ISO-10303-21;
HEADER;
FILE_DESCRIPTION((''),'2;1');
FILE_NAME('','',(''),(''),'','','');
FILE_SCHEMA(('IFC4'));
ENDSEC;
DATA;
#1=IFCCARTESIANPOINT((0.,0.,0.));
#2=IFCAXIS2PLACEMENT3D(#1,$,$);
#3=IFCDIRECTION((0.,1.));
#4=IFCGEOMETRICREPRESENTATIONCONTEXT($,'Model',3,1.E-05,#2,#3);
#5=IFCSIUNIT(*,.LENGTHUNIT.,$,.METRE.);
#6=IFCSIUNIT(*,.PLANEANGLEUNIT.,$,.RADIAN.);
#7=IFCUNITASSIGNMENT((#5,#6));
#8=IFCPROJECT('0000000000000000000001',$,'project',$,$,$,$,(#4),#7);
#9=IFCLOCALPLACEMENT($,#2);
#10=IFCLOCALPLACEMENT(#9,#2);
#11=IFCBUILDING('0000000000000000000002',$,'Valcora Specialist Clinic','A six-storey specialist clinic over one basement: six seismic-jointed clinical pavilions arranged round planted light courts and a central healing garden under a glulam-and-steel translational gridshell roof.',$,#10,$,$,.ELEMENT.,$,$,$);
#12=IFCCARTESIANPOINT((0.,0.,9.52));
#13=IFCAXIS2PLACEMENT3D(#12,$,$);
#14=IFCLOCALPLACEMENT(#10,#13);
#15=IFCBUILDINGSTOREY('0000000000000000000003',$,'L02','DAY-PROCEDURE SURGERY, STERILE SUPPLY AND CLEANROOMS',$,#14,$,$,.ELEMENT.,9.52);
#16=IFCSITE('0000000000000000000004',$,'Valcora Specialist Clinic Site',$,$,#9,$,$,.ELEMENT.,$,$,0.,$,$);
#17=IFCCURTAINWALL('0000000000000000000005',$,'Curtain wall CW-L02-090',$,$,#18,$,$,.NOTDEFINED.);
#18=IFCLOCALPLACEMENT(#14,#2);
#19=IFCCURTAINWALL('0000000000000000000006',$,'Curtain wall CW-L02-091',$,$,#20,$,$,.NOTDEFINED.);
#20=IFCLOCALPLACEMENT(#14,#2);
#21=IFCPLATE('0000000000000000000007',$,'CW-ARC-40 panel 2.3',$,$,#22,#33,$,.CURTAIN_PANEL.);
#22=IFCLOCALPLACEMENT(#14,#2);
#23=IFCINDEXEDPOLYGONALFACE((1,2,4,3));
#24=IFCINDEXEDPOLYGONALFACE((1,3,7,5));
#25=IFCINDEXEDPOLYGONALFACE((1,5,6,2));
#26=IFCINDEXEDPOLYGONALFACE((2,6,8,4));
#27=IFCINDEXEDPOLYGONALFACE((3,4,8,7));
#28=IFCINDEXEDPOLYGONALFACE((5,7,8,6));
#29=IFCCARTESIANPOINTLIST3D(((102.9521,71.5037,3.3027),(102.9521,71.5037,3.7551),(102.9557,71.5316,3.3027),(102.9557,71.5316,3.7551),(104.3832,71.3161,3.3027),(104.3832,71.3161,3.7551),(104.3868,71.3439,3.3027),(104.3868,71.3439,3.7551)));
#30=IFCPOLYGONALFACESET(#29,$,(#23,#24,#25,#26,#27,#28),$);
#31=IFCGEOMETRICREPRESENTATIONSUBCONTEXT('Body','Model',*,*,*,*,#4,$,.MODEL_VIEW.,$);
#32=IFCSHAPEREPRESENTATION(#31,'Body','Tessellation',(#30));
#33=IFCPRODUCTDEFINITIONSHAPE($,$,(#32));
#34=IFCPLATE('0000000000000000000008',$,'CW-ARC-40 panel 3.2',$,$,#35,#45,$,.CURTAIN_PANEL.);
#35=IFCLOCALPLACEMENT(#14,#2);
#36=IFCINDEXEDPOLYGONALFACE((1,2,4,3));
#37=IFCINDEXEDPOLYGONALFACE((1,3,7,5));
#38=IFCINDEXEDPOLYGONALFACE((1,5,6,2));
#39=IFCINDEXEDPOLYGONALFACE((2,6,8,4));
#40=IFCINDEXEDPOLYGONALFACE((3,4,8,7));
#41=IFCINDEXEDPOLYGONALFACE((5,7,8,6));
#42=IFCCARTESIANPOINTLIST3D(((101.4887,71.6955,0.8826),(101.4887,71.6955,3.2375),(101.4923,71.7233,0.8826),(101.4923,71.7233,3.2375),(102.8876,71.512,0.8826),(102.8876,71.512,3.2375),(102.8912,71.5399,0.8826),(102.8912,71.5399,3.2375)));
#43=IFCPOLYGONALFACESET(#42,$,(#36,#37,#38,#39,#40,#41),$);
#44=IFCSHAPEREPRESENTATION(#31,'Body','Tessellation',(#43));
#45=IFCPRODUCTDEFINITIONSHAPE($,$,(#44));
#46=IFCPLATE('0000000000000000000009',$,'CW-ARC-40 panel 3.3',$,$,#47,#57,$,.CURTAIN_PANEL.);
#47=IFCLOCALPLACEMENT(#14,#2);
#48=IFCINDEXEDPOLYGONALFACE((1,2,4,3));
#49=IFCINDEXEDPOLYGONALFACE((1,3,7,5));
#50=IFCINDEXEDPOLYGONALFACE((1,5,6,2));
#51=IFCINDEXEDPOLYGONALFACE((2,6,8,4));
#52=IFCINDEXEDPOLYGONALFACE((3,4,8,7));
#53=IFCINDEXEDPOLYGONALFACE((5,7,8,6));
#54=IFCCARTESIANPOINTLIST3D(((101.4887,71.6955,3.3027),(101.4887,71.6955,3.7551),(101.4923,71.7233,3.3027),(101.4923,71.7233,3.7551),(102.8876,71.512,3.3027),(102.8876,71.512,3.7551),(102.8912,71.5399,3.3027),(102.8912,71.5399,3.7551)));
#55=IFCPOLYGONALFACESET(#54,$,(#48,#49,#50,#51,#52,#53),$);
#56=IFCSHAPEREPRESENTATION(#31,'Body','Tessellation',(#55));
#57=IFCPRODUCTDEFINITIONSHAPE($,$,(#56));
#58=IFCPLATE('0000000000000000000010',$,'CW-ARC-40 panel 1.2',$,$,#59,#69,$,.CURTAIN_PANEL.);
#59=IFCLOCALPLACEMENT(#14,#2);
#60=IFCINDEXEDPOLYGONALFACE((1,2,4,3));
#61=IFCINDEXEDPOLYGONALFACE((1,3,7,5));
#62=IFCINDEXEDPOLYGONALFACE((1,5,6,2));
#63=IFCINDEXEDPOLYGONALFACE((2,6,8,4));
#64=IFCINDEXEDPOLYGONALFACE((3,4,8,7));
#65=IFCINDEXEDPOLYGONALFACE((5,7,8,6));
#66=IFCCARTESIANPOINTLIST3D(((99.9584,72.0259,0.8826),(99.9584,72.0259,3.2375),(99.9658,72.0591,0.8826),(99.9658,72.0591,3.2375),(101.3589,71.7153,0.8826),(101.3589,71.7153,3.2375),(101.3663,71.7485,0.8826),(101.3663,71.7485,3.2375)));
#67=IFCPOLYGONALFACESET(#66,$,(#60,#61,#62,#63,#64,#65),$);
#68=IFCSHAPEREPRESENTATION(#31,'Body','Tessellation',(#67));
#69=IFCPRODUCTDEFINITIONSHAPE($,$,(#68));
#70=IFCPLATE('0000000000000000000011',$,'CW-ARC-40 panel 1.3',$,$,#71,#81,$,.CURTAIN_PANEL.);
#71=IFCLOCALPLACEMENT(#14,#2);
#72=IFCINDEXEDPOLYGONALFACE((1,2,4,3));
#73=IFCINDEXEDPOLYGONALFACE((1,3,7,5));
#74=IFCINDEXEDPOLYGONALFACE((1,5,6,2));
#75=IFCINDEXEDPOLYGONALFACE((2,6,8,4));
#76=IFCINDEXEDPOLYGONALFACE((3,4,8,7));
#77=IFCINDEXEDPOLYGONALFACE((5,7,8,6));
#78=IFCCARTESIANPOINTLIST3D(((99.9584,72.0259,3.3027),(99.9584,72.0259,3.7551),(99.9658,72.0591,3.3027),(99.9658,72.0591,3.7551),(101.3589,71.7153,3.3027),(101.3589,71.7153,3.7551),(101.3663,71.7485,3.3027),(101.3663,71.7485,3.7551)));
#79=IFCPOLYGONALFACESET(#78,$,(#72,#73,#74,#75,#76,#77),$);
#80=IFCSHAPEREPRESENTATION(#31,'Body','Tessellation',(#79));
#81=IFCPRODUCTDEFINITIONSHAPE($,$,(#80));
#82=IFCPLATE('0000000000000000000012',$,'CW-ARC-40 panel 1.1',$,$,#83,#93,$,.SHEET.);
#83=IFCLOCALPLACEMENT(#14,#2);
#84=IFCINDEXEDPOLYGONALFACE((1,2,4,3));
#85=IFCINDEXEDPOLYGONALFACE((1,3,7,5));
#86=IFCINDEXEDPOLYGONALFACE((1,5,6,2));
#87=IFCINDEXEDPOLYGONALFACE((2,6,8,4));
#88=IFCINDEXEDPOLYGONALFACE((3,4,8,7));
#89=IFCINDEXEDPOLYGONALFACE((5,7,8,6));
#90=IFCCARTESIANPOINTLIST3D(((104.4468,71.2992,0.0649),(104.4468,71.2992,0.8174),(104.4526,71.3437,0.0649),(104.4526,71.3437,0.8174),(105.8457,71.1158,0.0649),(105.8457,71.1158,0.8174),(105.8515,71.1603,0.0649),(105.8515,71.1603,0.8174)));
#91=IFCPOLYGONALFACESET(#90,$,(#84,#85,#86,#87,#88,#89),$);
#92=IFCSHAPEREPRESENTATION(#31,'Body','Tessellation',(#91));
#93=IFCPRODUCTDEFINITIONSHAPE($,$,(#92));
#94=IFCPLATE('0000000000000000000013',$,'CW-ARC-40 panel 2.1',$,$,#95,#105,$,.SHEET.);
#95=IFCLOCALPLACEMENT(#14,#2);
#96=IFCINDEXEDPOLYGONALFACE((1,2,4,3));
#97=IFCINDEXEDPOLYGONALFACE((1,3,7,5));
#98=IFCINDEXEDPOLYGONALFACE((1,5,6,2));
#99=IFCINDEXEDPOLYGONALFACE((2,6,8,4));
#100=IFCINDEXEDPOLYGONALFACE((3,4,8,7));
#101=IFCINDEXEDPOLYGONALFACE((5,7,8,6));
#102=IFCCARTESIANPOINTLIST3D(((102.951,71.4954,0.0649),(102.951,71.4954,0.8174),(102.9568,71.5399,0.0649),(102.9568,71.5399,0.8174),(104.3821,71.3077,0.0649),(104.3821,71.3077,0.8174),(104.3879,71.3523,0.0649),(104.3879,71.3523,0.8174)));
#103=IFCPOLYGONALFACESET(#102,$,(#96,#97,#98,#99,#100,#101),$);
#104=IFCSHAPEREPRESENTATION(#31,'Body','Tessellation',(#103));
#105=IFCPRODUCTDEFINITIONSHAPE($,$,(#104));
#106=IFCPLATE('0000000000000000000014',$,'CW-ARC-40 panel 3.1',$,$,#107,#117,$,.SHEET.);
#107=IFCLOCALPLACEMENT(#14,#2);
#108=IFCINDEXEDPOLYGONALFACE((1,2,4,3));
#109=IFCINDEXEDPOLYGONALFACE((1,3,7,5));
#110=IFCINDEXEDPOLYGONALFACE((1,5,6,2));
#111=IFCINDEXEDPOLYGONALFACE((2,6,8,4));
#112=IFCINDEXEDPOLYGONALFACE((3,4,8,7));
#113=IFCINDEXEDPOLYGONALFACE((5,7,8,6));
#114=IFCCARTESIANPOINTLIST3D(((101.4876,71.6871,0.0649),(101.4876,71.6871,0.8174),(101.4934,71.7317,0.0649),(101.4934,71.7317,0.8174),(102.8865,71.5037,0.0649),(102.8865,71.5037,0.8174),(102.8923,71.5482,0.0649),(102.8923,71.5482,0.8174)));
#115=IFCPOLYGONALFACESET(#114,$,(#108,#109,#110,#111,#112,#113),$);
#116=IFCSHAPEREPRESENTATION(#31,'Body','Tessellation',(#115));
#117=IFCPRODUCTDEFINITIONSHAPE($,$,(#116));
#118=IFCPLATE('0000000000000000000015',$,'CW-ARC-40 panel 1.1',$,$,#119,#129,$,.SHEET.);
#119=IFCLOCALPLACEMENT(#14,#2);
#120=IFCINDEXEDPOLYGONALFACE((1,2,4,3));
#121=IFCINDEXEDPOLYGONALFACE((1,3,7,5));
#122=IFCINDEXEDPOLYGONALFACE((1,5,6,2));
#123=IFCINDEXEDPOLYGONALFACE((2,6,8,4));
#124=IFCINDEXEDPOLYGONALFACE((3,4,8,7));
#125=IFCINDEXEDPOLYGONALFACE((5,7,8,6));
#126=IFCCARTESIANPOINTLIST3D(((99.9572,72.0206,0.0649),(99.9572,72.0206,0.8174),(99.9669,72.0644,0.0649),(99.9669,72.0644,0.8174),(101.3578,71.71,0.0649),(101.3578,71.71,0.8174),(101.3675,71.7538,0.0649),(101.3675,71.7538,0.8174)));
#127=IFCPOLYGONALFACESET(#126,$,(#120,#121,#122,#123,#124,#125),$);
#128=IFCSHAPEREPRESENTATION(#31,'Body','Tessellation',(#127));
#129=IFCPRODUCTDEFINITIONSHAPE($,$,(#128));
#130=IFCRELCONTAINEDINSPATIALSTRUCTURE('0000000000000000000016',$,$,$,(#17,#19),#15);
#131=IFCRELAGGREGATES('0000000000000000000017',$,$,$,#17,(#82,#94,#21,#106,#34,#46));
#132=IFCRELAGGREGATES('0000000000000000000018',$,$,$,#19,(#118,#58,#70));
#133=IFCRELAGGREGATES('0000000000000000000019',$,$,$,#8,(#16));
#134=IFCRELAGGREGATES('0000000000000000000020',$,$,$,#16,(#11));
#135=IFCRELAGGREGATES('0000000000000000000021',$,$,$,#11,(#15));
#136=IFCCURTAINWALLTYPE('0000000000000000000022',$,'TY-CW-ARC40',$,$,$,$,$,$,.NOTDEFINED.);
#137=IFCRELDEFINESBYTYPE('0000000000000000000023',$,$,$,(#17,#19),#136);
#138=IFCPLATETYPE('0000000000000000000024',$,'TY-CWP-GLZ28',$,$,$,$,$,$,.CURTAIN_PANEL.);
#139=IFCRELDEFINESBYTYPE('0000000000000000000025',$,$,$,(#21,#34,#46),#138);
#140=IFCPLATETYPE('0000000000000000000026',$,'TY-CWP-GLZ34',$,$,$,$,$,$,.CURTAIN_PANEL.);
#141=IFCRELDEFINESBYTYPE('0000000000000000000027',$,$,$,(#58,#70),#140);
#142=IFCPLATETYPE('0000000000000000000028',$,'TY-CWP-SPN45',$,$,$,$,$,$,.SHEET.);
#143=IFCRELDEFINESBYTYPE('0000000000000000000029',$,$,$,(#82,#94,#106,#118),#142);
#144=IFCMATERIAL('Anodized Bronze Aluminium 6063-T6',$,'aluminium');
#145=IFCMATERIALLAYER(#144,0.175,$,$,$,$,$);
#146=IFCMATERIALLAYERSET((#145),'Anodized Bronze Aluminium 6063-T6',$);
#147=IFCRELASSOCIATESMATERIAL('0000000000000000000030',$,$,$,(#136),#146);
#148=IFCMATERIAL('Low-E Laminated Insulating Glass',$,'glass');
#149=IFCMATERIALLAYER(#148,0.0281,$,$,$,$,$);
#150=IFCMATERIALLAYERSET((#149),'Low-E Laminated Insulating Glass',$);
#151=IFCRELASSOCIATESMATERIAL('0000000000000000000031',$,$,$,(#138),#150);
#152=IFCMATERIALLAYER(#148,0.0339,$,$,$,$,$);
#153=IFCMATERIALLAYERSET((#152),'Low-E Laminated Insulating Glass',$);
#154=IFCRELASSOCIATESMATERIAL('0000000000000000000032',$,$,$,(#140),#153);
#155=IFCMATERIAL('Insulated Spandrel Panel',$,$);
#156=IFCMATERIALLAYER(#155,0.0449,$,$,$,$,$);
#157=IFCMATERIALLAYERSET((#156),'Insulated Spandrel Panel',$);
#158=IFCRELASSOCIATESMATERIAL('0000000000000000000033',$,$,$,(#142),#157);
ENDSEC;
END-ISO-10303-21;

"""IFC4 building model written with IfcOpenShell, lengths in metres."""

from ifc_helpers import new_model, si_unit, direction, frame, origin, origin_2d, place, context, subcontext, project, spatial, rectangle, extrude, material, layer, layer_set, type_object, element, aggregate, save


model = new_model("IFC4")

# Units and contexts
model_context = context("Model", 3, precision=1e-05, world=origin(), true_north=direction((0.0, 1.0)))
body_context = subcontext(model_context, "Body", "Model", "MODEL_VIEW")
ifc_project = project(units=[si_unit("LENGTHUNIT", "METRE"), si_unit("PLANEANGLEUNIT", "RADIAN")], contexts=[model_context])

# Site, building, storey
site_placement = place(None, origin())
site = spatial("IfcSite", under=ifc_project, at=site_placement, Name="Valcora Specialist Clinic Site", CompositionType="ELEMENT", RefElevation=0.0)
building_placement = place(site_placement, origin())
building = spatial("IfcBuilding", under=site, at=building_placement, Name="Valcora Specialist Clinic", Description="A six-storey specialist clinic over one basement: six seismic-jointed clinical pavilions arranged round planted light courts and a central healing garden under a glulam-and-steel translational gridshell roof.", CompositionType="ELEMENT")
storey_placement = place(building_placement, frame((0.0, 0.0, 9.52)))
storey = spatial("IfcBuildingStorey", under=building, at=storey_placement, Name="L02", Description="DAY-PROCEDURE SURGERY, STERILE SUPPLY AND CLEANROOMS", CompositionType="ELEMENT", Elevation=9.52)

# Curtain walls
ifc_material_1 = material(Name="Anodized Bronze Aluminium 6063-T6", Category="aluminium")
ifc_layer_1 = layer(ifc_material_1, 0.175)
ifc_layer_set_1 = layer_set([ifc_layer_1], Name="Anodized Bronze Aluminium 6063-T6")
curtain_wall_type = type_object("IfcCurtainWallType", Name="TY-CW-ARC40", PredefinedType="NOTDEFINED", material=ifc_layer_set_1)
curtain_wall_1_placement = place(storey_placement, origin())
curtain_wall_1 = element("IfcCurtainWall", 1, at=curtain_wall_1_placement, inside=storey, type_object=curtain_wall_type, Name="Curtain wall CW-L02-090", PredefinedType="NOTDEFINED")
curtain_wall_2_placement = place(storey_placement, origin())
curtain_wall_2 = element("IfcCurtainWall", 2, at=curtain_wall_2_placement, inside=storey, type_object=curtain_wall_type, Name="Curtain wall CW-L02-091", PredefinedType="NOTDEFINED")

# Plates
ifc_material_2 = material(Name="Low-E Laminated Insulating Glass", Category="glass")
ifc_layer_2 = layer(ifc_material_2, 0.0281)
ifc_layer_set_2 = layer_set([ifc_layer_2], Name="Low-E Laminated Insulating Glass")
plate_type_1 = type_object("IfcPlateType", Name="TY-CWP-GLZ28", PredefinedType="CURTAIN_PANEL", material=ifc_layer_set_2)
plate_1_placement = place(storey_placement, frame((103.6694, 71.4238, 3.3027), z_axis=(0.0, 0.0, 1.0), x_axis=(-0.991514, 0.129999, 0.0)))
plate_1 = element("IfcPlate", 3, at=plate_1_placement, type_object=plate_type_1, Name="CW-ARC-40 panel 2.3", PredefinedType="CURTAIN_PANEL", context=body_context, shape_type="SweptSolid", body=[
    extrude(rectangle(XDim=1.4434, YDim=0.0281, at=origin_2d()), origin(), (0.0, 0.0, 1.0), 0.4524),
])
plate_2_placement = place(storey_placement, frame((102.1899, 71.6177, 0.8826), z_axis=(0.0, 0.0, 1.0), x_axis=(-0.991514, 0.129999, 0.0)))
plate_2 = element("IfcPlate", 4, at=plate_2_placement, type_object=plate_type_1, Name="CW-ARC-40 panel 3.2", PredefinedType="CURTAIN_PANEL", context=body_context, shape_type="SweptSolid", body=[
    extrude(rectangle(XDim=1.4109, YDim=0.0281, at=origin_2d()), origin(), (0.0, 0.0, 1.0), 2.355),
])
plate_3_placement = place(storey_placement, frame((102.1899, 71.6177, 3.3027), z_axis=(0.0, 0.0, 1.0), x_axis=(-0.991514, 0.129999, 0.0)))
plate_3 = element("IfcPlate", 5, at=plate_3_placement, type_object=plate_type_1, Name="CW-ARC-40 panel 3.3", PredefinedType="CURTAIN_PANEL", context=body_context, shape_type="SweptSolid", body=[
    extrude(rectangle(XDim=1.4109, YDim=0.0281, at=origin_2d()), origin(), (0.0, 0.0, 1.0), 0.4524),
])
ifc_layer_3 = layer(ifc_material_2, 0.0339)
ifc_layer_set_3 = layer_set([ifc_layer_3], Name="Low-E Laminated Insulating Glass")
plate_type_2 = type_object("IfcPlateType", Name="TY-CWP-GLZ34", PredefinedType="CURTAIN_PANEL", material=ifc_layer_set_3)
plate_4_placement = place(storey_placement, frame((100.6624, 71.8872, 0.8826), z_axis=(0.0, 0.0, 1.0), x_axis=(-0.976279, 0.216518, 0.0)))
plate_4 = element("IfcPlate", 6, at=plate_4_placement, type_object=plate_type_2, Name="CW-ARC-40 panel 1.2", PredefinedType="CURTAIN_PANEL", context=body_context, shape_type="SweptSolid", body=[
    extrude(rectangle(XDim=1.4346, YDim=0.0339, at=origin_2d()), origin(), (0.0, 0.0, 1.0), 2.355),
])
plate_5_placement = place(storey_placement, frame((100.6624, 71.8872, 3.3027), z_axis=(0.0, 0.0, 1.0), x_axis=(-0.976279, 0.216518, 0.0)))
plate_5 = element("IfcPlate", 7, at=plate_5_placement, type_object=plate_type_2, Name="CW-ARC-40 panel 1.3", PredefinedType="CURTAIN_PANEL", context=body_context, shape_type="SweptSolid", body=[
    extrude(rectangle(XDim=1.4346, YDim=0.0339, at=origin_2d()), origin(), (0.0, 0.0, 1.0), 0.4524),
])
ifc_material_3 = material(Name="Insulated Spandrel Panel")
ifc_layer_4 = layer(ifc_material_3, 0.0449)
ifc_layer_set_4 = layer_set([ifc_layer_4], Name="Insulated Spandrel Panel")
plate_type_3 = type_object("IfcPlateType", Name="TY-CWP-SPN45", PredefinedType="SHEET", material=ifc_layer_set_4)
plate_6_placement = place(storey_placement, frame((105.1492, 71.2297, 0.0649), z_axis=(0.0, 0.0, 1.0), x_axis=(-0.991514, 0.129999, 0.0)))
plate_6 = element("IfcPlate", 8, at=plate_6_placement, type_object=plate_type_3, Name="CW-ARC-40 panel 1.1", PredefinedType="SHEET", context=body_context, shape_type="SweptSolid", body=[
    extrude(rectangle(XDim=1.4109, YDim=0.0449, at=origin_2d()), origin(), (0.0, 0.0, 1.0), 0.7524),
])
plate_7_placement = place(storey_placement, frame((103.6694, 71.4238, 0.0649), z_axis=(0.0, 0.0, 1.0), x_axis=(-0.991514, 0.129999, 0.0)))
plate_7 = element("IfcPlate", 9, at=plate_7_placement, type_object=plate_type_3, Name="CW-ARC-40 panel 2.1", PredefinedType="SHEET", context=body_context, shape_type="SweptSolid", body=[
    extrude(rectangle(XDim=1.4434, YDim=0.0449, at=origin_2d()), origin(), (0.0, 0.0, 1.0), 0.7524),
])
plate_8_placement = place(storey_placement, frame((102.1899, 71.6177, 0.0649), z_axis=(0.0, 0.0, 1.0), x_axis=(-0.991514, 0.129999, 0.0)))
plate_8 = element("IfcPlate", 10, at=plate_8_placement, type_object=plate_type_3, Name="CW-ARC-40 panel 3.1", PredefinedType="SHEET", context=body_context, shape_type="SweptSolid", body=[
    extrude(rectangle(XDim=1.4109, YDim=0.0449, at=origin_2d()), origin(), (0.0, 0.0, 1.0), 0.7524),
])
aggregate(curtain_wall_1, [plate_6, plate_7, plate_1, plate_8, plate_2, plate_3])
plate_9_placement = place(storey_placement, frame((100.6624, 71.8872, 0.0649), z_axis=(0.0, 0.0, 1.0), x_axis=(-0.976279, 0.216518, 0.0)))
plate_9 = element("IfcPlate", 11, at=plate_9_placement, type_object=plate_type_3, Name="CW-ARC-40 panel 1.1", PredefinedType="SHEET", context=body_context, shape_type="SweptSolid", body=[
    extrude(rectangle(XDim=1.4346, YDim=0.0449, at=origin_2d()), origin(), (0.0, 0.0, 1.0), 0.7524),
])
aggregate(curtain_wall_2, [plate_9, plate_4, plate_5])

save(model, "model.ifc")
